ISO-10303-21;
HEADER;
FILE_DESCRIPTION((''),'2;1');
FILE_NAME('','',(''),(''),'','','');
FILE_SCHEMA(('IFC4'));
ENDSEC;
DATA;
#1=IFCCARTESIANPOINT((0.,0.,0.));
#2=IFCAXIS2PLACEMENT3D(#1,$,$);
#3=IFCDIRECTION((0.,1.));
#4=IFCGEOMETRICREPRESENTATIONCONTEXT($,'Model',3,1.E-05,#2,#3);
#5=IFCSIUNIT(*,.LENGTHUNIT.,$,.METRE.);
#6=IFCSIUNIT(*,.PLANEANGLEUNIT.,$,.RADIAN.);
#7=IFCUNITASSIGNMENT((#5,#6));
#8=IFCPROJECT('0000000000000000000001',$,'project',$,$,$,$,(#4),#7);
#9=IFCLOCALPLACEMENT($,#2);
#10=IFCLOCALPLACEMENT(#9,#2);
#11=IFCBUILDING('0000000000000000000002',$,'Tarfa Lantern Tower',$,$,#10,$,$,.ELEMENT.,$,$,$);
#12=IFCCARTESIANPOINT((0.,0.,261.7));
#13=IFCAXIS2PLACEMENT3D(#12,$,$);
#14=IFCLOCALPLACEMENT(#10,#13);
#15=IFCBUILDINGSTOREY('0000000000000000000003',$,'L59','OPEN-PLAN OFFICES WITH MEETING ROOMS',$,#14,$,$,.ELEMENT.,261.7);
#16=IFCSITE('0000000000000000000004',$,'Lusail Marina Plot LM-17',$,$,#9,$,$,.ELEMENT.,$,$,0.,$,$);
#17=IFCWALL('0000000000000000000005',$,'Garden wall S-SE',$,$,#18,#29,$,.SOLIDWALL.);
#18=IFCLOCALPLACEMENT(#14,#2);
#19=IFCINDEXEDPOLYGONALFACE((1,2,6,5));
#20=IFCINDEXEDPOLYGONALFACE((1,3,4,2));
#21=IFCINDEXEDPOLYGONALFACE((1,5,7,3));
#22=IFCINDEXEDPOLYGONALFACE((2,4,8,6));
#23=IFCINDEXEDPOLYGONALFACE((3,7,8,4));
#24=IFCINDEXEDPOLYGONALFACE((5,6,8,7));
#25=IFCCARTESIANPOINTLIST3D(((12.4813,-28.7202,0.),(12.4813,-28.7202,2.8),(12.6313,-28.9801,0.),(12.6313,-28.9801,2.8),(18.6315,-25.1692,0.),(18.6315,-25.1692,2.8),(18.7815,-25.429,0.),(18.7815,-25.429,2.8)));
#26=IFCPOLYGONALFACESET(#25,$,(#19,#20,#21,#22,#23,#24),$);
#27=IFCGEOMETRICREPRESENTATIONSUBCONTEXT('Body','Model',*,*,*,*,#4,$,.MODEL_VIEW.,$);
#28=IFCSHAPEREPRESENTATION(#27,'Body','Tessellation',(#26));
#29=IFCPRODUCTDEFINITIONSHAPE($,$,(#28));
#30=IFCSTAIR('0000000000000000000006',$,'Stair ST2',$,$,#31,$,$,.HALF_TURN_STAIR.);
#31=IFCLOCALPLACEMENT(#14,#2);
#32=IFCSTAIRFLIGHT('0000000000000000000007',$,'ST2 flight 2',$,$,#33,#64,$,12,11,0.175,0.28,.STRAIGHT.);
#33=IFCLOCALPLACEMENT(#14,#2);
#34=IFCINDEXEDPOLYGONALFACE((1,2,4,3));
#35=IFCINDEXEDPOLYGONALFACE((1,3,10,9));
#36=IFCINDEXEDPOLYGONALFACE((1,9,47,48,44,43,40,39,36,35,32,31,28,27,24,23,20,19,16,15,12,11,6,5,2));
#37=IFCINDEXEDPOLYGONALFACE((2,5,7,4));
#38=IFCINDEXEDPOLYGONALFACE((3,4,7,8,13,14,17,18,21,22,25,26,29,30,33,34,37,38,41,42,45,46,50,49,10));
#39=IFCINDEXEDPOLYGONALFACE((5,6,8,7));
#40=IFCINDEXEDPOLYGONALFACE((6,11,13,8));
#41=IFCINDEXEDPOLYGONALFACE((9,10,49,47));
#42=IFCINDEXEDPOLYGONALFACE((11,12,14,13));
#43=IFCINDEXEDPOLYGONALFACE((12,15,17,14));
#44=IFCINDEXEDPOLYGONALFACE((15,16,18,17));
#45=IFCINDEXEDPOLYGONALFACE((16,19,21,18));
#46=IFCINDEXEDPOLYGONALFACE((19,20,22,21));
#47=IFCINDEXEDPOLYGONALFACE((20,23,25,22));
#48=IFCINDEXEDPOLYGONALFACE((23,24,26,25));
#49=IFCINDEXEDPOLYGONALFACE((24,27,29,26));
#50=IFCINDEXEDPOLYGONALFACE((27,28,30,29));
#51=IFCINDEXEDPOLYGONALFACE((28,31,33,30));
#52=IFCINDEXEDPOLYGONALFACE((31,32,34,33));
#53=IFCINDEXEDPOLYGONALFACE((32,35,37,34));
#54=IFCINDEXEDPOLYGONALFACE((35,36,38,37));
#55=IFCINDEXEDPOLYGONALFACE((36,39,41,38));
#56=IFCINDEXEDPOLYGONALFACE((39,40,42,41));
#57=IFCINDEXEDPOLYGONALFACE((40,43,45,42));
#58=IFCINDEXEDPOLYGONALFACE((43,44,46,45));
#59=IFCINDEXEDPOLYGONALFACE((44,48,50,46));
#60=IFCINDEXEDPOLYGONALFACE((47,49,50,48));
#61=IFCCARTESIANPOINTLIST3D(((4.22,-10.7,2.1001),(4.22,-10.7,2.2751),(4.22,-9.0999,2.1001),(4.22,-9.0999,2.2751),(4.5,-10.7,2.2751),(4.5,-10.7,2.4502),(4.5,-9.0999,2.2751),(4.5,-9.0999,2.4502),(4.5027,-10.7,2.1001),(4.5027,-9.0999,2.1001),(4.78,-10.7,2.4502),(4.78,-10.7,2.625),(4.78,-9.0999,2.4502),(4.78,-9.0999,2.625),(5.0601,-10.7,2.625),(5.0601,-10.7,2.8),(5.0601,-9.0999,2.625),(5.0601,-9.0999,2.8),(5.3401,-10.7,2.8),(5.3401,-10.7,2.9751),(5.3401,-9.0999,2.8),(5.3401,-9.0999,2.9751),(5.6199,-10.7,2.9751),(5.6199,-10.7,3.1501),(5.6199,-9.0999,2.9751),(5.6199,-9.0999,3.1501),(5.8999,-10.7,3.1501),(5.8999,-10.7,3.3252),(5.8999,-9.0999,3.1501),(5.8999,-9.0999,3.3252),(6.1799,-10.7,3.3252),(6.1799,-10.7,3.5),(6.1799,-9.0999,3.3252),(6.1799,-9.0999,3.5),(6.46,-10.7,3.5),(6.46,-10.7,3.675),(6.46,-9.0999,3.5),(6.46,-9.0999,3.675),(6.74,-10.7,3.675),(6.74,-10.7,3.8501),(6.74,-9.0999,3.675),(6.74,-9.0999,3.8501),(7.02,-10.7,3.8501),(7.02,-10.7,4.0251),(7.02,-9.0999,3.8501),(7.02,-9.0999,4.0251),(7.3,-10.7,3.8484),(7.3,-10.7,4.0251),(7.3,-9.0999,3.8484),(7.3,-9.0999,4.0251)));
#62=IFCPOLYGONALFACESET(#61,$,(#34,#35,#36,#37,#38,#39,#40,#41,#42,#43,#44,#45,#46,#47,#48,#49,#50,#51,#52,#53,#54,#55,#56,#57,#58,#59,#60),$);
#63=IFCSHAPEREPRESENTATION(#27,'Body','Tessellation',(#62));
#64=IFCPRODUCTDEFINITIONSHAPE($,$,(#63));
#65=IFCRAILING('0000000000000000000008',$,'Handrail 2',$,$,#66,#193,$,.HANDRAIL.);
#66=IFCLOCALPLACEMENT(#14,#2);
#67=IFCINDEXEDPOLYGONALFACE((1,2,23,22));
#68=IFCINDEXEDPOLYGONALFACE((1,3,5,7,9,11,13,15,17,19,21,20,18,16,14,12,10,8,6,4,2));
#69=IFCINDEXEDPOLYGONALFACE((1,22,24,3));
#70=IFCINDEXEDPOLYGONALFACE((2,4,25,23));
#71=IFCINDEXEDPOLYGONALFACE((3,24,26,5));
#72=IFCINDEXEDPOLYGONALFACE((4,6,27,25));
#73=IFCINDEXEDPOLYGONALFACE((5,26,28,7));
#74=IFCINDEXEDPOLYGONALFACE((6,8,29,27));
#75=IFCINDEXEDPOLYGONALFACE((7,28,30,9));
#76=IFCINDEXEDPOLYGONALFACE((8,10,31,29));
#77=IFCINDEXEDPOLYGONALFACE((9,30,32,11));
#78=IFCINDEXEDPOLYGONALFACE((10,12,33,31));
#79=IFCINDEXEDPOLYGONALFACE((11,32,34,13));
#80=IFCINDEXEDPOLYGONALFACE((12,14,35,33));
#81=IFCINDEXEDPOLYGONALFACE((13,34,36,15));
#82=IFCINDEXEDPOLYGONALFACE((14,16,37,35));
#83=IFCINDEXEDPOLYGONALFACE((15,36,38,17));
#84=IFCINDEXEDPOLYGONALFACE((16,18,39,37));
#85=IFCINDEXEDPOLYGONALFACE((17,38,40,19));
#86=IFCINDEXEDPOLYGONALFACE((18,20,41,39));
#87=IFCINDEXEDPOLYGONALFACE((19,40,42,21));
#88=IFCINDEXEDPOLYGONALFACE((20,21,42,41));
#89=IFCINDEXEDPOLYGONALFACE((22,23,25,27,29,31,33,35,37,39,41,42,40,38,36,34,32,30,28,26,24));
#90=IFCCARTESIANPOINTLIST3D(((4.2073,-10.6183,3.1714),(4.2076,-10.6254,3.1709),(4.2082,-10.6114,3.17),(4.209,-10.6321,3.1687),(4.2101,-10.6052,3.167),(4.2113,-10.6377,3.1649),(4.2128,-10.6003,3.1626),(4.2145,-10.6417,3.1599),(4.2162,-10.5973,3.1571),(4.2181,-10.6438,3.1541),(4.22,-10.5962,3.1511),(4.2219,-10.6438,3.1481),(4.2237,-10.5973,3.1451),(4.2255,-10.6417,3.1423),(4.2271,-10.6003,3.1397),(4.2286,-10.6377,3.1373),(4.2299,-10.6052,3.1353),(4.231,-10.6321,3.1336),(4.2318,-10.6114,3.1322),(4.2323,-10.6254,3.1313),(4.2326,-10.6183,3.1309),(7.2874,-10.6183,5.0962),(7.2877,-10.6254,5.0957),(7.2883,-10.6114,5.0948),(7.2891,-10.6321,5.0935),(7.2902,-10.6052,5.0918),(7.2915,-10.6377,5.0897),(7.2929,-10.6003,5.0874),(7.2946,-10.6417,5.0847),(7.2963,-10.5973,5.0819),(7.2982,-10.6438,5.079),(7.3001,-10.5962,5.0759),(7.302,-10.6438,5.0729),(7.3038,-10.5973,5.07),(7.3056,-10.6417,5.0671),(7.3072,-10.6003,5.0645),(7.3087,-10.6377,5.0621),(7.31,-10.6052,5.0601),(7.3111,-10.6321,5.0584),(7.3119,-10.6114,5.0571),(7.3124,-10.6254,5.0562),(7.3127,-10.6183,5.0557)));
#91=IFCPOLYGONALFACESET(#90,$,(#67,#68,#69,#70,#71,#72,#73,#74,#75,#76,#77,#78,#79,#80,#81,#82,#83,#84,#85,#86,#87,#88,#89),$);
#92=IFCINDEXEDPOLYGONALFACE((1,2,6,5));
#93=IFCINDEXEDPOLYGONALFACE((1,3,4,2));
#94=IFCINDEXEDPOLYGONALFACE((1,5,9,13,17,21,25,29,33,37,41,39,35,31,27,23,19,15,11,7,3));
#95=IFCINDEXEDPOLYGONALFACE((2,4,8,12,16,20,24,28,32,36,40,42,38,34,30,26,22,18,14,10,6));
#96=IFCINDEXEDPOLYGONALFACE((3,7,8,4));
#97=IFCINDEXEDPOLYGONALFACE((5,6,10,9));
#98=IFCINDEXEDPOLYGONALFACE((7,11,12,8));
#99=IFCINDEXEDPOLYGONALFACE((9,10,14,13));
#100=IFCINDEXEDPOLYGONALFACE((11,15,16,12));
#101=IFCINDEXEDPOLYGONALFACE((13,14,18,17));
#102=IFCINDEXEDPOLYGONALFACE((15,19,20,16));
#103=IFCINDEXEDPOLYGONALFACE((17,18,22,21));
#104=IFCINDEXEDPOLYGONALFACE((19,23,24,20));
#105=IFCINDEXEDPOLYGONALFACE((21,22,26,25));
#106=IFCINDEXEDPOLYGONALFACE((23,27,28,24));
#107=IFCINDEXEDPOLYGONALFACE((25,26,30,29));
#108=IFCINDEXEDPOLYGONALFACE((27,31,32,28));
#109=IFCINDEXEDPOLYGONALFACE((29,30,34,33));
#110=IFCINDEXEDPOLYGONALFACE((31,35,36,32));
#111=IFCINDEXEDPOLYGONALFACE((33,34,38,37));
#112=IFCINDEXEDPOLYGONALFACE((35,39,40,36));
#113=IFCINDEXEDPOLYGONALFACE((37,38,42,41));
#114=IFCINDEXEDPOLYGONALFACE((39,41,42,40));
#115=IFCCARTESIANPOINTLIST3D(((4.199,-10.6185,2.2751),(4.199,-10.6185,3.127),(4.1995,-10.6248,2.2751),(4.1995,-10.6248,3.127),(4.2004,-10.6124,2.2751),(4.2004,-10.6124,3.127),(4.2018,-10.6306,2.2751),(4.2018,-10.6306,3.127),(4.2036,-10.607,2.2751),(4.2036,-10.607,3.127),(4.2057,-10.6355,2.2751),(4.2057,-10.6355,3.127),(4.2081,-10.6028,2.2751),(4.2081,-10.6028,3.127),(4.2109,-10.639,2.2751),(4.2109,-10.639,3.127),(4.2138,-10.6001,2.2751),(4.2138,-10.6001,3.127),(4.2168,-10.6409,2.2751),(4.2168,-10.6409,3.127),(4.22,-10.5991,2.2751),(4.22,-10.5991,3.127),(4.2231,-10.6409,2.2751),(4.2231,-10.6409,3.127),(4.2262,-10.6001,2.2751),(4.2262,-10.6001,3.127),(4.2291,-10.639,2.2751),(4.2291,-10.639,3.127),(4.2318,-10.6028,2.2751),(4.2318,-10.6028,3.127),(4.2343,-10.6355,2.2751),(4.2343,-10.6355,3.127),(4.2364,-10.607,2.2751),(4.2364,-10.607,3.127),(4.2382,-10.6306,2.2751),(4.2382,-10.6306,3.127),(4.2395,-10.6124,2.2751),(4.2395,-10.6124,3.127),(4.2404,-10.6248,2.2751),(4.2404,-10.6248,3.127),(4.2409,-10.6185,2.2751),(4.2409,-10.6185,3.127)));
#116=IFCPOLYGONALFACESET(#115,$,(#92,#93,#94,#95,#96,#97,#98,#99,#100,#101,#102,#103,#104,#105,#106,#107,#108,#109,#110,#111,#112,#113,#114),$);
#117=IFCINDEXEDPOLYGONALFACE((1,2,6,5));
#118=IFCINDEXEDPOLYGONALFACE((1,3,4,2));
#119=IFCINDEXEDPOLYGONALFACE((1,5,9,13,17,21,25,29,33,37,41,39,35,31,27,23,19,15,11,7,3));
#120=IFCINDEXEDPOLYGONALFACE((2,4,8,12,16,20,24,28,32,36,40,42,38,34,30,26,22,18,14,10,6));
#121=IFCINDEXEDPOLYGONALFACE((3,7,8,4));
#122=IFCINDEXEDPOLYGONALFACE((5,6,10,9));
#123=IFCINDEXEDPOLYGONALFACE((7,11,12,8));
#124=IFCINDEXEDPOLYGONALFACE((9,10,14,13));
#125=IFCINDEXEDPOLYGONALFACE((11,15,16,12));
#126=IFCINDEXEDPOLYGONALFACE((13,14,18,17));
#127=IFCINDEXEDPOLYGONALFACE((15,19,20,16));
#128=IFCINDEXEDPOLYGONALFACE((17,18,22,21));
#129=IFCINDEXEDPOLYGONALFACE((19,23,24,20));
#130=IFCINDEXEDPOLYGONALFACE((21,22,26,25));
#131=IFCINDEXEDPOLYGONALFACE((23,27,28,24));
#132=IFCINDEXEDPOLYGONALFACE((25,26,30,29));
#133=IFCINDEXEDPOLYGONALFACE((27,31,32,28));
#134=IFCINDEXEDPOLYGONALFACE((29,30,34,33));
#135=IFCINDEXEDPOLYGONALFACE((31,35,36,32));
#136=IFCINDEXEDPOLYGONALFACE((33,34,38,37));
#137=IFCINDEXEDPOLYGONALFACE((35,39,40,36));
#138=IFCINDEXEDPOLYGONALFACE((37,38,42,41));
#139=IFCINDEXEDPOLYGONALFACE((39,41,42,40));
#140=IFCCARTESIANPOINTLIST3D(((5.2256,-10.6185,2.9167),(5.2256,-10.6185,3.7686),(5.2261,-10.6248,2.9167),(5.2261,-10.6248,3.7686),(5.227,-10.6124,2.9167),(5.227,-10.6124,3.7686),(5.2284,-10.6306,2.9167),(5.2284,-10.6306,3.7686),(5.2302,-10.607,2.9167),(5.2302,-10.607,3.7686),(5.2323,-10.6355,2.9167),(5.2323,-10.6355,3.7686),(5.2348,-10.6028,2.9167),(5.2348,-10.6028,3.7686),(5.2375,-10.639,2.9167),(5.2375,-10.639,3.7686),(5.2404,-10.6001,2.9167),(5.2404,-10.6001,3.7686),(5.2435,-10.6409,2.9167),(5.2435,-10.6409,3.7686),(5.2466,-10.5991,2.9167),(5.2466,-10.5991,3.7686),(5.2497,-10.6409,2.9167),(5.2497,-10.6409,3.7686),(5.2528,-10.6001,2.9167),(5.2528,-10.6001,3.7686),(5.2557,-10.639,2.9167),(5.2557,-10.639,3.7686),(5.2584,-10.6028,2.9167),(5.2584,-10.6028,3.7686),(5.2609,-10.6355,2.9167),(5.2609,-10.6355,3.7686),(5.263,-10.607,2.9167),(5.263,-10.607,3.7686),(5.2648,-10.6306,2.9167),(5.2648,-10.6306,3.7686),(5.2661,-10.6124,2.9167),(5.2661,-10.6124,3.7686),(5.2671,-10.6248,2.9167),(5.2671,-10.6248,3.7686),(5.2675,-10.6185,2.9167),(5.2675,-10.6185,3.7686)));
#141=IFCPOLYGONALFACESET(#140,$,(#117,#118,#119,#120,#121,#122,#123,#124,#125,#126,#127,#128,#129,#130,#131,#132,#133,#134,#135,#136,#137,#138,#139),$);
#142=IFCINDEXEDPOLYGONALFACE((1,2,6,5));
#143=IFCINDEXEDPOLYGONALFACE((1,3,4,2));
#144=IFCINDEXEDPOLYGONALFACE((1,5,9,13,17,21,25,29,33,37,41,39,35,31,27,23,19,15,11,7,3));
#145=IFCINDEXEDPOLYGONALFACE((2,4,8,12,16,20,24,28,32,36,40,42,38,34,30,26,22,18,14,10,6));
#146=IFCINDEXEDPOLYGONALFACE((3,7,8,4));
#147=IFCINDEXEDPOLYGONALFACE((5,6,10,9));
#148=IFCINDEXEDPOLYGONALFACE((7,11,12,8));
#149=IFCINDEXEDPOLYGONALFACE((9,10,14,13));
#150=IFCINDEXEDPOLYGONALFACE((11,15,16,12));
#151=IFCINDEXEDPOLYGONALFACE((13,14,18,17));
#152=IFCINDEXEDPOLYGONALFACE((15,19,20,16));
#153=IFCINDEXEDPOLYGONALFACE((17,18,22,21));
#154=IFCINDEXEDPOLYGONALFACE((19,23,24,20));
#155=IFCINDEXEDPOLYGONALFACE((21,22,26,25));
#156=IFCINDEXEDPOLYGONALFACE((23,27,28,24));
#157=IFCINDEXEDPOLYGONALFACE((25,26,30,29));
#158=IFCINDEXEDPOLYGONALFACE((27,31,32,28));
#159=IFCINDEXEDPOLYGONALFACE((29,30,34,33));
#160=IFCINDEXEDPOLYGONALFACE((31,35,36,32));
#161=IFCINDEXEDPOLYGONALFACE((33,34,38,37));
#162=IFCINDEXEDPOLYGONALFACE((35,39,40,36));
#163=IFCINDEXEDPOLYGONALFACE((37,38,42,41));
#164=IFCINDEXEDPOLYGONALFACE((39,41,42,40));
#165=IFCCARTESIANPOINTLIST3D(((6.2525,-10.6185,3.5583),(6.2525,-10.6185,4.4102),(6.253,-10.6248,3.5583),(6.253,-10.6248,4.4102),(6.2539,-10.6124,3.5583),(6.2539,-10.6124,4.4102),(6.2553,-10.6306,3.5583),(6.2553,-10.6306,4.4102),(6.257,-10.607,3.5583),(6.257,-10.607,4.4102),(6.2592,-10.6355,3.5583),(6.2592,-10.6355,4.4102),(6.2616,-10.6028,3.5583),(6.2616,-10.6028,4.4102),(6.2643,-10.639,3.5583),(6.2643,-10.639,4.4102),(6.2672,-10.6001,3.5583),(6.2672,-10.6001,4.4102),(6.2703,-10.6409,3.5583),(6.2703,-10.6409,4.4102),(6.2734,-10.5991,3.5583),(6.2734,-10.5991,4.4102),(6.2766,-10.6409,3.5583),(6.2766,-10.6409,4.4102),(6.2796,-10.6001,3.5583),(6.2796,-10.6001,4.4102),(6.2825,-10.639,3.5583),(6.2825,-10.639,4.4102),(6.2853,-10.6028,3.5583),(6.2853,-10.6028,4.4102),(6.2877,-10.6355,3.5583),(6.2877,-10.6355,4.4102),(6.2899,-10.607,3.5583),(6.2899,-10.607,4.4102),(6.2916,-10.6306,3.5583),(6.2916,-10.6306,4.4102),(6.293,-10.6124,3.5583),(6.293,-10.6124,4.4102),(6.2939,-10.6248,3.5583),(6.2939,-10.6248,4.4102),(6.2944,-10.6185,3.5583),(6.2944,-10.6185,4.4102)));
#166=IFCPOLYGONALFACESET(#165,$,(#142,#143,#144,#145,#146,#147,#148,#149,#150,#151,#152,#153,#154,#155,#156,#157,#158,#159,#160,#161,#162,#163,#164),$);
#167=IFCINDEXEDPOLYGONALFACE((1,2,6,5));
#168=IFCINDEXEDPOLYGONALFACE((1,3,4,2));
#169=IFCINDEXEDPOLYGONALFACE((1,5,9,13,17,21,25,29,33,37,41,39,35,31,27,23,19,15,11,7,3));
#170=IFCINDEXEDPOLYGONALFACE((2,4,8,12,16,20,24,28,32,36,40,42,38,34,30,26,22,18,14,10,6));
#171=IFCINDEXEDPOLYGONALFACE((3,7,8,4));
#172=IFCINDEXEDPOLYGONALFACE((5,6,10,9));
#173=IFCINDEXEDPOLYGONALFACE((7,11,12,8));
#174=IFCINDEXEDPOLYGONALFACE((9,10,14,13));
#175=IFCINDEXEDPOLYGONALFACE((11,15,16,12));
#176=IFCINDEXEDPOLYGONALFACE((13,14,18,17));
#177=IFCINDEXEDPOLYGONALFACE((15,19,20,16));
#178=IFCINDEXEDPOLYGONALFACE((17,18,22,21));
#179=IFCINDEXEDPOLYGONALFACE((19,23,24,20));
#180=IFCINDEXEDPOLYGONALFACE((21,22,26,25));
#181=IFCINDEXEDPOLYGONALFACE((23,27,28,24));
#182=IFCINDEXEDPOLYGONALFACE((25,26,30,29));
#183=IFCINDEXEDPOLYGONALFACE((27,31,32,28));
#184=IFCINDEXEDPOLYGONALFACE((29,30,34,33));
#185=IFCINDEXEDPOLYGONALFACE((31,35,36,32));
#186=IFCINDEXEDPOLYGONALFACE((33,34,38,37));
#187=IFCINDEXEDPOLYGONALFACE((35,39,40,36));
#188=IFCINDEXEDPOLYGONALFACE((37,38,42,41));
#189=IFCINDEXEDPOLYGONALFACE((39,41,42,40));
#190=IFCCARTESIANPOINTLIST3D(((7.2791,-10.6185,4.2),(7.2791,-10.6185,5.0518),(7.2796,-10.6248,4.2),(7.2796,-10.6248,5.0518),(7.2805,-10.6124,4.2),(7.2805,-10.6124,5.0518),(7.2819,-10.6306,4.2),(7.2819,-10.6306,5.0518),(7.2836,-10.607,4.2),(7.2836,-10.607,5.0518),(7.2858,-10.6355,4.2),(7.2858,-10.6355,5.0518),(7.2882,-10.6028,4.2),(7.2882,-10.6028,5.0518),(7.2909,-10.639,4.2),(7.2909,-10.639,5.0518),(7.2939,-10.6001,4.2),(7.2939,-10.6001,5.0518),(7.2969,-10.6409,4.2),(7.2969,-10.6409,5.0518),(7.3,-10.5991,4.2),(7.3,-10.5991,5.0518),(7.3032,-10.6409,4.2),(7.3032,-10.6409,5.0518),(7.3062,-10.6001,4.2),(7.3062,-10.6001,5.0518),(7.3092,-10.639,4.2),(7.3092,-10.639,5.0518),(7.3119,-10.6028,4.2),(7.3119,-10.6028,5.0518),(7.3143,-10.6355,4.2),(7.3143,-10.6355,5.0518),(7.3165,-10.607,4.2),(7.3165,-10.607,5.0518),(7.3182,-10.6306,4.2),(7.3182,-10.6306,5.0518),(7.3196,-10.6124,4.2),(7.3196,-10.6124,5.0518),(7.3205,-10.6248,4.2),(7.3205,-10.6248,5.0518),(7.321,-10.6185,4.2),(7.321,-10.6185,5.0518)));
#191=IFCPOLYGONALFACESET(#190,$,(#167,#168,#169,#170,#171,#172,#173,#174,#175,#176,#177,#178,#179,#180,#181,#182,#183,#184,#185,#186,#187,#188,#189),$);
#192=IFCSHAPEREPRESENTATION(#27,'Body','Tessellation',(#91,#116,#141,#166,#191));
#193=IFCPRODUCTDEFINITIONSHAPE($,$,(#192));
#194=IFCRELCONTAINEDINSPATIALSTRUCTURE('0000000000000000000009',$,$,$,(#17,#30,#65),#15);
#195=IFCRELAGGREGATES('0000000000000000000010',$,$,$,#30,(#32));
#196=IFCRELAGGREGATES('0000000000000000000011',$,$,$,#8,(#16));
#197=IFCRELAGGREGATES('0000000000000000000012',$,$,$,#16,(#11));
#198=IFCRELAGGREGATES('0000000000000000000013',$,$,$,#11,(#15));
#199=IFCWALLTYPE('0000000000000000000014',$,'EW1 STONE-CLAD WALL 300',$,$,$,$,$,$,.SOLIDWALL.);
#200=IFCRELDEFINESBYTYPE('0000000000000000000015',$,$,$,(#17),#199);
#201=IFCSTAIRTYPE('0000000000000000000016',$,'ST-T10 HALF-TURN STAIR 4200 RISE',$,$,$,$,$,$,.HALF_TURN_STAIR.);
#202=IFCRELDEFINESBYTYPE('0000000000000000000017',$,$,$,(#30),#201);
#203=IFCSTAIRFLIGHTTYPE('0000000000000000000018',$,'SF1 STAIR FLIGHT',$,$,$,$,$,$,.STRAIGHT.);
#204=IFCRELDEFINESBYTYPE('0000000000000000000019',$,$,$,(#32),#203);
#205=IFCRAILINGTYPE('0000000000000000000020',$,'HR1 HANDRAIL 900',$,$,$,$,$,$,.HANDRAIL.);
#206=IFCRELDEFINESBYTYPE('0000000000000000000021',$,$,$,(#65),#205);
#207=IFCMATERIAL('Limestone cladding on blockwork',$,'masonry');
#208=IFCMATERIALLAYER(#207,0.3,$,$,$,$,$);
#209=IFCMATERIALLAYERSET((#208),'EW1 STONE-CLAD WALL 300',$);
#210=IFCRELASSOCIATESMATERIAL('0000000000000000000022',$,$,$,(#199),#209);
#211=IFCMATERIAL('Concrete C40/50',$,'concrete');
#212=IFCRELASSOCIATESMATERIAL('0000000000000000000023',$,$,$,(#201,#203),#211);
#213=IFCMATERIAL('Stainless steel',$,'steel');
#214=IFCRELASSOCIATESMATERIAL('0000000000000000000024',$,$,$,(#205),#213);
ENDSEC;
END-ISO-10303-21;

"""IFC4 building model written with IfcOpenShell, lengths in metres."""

from ifc_helpers import new_model, si_unit, direction, frame, frame_2d, origin, origin_2d, place, context, subcontext, project, spatial, polyline, rectangle, circle, outline, extrude, material, layer, layer_set, type_object, element, aggregate, save


model = new_model("IFC4")

# Units and contexts
model_context = context("Model", 3, precision=1e-05, world=origin(), true_north=direction((0.0, 1.0)))
body_context = subcontext(model_context, "Body", "Model", "MODEL_VIEW")
ifc_project = project(units=[si_unit("LENGTHUNIT", "METRE"), si_unit("PLANEANGLEUNIT", "RADIAN")], contexts=[model_context])

# Site, building, storey
site_placement = place(None, origin())
site = spatial("IfcSite", under=ifc_project, at=site_placement, Name="Lusail Marina Plot LM-17", CompositionType="ELEMENT", RefElevation=0.0)
building_placement = place(site_placement, origin())
building = spatial("IfcBuilding", under=site, at=building_placement, Name="Tarfa Lantern Tower", CompositionType="ELEMENT")
storey_placement = place(building_placement, frame((0.0, 0.0, 261.7)))
storey = spatial("IfcBuildingStorey", under=building, at=storey_placement, Name="L59", Description="OPEN-PLAN OFFICES WITH MEETING ROOMS", CompositionType="ELEMENT", Elevation=261.7)

# Wall
ifc_material_1 = material(Name="Limestone cladding on blockwork", Category="masonry")
ifc_layer_1 = layer(ifc_material_1, 0.3)
ifc_layer_set_1 = layer_set([ifc_layer_1], Name="EW1 STONE-CLAD WALL 300")
wall_type_1 = type_object("IfcWallType", Name="EW1 STONE-CLAD WALL 300", PredefinedType="SOLIDWALL", material=ifc_layer_set_1)
wall_1_placement = place(storey_placement, frame((12.5564, -28.8501, 0.0), z_axis=(0.0, 0.0, 1.0), x_axis=(0.866011, 0.500025, 0.0)))
element("IfcWall", 1, at=wall_1_placement, inside=storey, type_object=wall_type_1, Name="Garden wall S-SE", PredefinedType="SOLIDWALL", context=body_context, shape_type="SweptSolid", body=[
    extrude(rectangle(XDim=7.1018, YDim=0.3, at=frame_2d((3.5508, 0.0))), origin(), (0.0, 0.0, 1.0), 2.8),
])

# Stair, stair flight
ifc_material_2 = material(Name="Concrete C40/50", Category="concrete")
stair_type = type_object("IfcStairType", Name="ST-T10 HALF-TURN STAIR 4200 RISE", PredefinedType="HALF_TURN_STAIR", material=ifc_material_2)
stair_placement = place(storey_placement, origin())
stair = element("IfcStair", 2, at=stair_placement, inside=storey, type_object=stair_type, Name="Stair ST2", PredefinedType="HALF_TURN_STAIR")
stair_flight_type = type_object("IfcStairFlightType", Name="SF1 STAIR FLIGHT", PredefinedType="STRAIGHT", material=ifc_material_2)
stair_flight_placement = place(storey_placement, frame((4.22, -9.8999, 2.1001), z_axis=(0.0, 0.0, 1.0), x_axis=(1.0, 0.0, 0.0)))
stair_flight = element("IfcStairFlight", 3, at=stair_flight_placement, type_object=stair_flight_type, Name="ST2 flight 2", NumberOfRisers=12, NumberOfTreads=11, PredefinedType="STRAIGHT", RiserHeight=0.175, TreadLength=0.28, context=body_context, shape_type="SweptSolid", body=[
    extrude(outline(polyline([(0.0, 0.0), (0.0, 0.175), (0.28, 0.175), (0.28, 0.3501), (0.5601, 0.3501), (0.5601, 0.5249), (0.8401, 0.5249), (0.8401, 0.7), (1.1201, 0.7), (1.1201, 0.875), (1.3999, 0.875), (1.3999, 1.05), (1.6799, 1.05), (1.6799, 1.2251), (1.96, 1.2251), (1.96, 1.3999), (2.24, 1.3999), (2.24, 1.575), (2.52, 1.575), (2.52, 1.75), (2.8, 1.75), (2.8, 1.925), (3.0801, 1.925), (3.0801, 2.1001), (3.0801, 1.7483), (0.2827, 0.0), (0.0, 0.0)])), frame((0.0, 0.8, 0.0), z_axis=(0.0, -1.0, 0.0), x_axis=(1.0, 0.0, 0.0)), (0.0, 0.0, 1.0), 1.6001),
])
aggregate(stair, [stair_flight])

# Railing
ifc_material_3 = material(Name="Stainless steel", Category="steel")
railing_type = type_object("IfcRailingType", Name="HR1 HANDRAIL 900", PredefinedType="HANDRAIL", material=ifc_material_3)
railing_placement = place(storey_placement, frame((4.22, -10.6201, 2.2751)))
element("IfcRailing", 4, at=railing_placement, inside=storey, type_object=railing_type, Name="Handrail 2", PredefinedType="HANDRAIL", context=body_context, shape_type="SweptSolid", body=[
    extrude(circle(Radius=0.0239, at=origin_2d()), frame((0.0, 0.0, 0.876), z_axis=(0.848029, 0.0, 0.529951), x_axis=(0.0, 1.0, 0.0)), (0.0, 0.0, 1.0), 3.6321),
    extrude(circle(Radius=0.021, at=origin_2d()), frame((0.0, 0.0, 0.0), z_axis=(0.0, 0.0, 1.0), x_axis=(0.0, 1.0, 0.0)), (0.0, 0.0, 1.0), 0.8518),
    extrude(circle(Radius=0.021, at=origin_2d()), frame((1.0266, 0.0, 0.6416), z_axis=(0.0, 0.0, 1.0), x_axis=(0.0, 1.0, 0.0)), (0.0, 0.0, 1.0), 0.8518),
    extrude(circle(Radius=0.021, at=origin_2d()), frame((2.0535, 0.0, 1.2832), z_axis=(0.0, 0.0, 1.0), x_axis=(0.0, 1.0, 0.0)), (0.0, 0.0, 1.0), 0.8518),
    extrude(circle(Radius=0.021, at=origin_2d()), frame((3.0801, 0.0, 1.9248), z_axis=(0.0, 0.0, 1.0), x_axis=(0.0, 1.0, 0.0)), (0.0, 0.0, 1.0), 0.8518),
])

save(model, "model.ifc")
